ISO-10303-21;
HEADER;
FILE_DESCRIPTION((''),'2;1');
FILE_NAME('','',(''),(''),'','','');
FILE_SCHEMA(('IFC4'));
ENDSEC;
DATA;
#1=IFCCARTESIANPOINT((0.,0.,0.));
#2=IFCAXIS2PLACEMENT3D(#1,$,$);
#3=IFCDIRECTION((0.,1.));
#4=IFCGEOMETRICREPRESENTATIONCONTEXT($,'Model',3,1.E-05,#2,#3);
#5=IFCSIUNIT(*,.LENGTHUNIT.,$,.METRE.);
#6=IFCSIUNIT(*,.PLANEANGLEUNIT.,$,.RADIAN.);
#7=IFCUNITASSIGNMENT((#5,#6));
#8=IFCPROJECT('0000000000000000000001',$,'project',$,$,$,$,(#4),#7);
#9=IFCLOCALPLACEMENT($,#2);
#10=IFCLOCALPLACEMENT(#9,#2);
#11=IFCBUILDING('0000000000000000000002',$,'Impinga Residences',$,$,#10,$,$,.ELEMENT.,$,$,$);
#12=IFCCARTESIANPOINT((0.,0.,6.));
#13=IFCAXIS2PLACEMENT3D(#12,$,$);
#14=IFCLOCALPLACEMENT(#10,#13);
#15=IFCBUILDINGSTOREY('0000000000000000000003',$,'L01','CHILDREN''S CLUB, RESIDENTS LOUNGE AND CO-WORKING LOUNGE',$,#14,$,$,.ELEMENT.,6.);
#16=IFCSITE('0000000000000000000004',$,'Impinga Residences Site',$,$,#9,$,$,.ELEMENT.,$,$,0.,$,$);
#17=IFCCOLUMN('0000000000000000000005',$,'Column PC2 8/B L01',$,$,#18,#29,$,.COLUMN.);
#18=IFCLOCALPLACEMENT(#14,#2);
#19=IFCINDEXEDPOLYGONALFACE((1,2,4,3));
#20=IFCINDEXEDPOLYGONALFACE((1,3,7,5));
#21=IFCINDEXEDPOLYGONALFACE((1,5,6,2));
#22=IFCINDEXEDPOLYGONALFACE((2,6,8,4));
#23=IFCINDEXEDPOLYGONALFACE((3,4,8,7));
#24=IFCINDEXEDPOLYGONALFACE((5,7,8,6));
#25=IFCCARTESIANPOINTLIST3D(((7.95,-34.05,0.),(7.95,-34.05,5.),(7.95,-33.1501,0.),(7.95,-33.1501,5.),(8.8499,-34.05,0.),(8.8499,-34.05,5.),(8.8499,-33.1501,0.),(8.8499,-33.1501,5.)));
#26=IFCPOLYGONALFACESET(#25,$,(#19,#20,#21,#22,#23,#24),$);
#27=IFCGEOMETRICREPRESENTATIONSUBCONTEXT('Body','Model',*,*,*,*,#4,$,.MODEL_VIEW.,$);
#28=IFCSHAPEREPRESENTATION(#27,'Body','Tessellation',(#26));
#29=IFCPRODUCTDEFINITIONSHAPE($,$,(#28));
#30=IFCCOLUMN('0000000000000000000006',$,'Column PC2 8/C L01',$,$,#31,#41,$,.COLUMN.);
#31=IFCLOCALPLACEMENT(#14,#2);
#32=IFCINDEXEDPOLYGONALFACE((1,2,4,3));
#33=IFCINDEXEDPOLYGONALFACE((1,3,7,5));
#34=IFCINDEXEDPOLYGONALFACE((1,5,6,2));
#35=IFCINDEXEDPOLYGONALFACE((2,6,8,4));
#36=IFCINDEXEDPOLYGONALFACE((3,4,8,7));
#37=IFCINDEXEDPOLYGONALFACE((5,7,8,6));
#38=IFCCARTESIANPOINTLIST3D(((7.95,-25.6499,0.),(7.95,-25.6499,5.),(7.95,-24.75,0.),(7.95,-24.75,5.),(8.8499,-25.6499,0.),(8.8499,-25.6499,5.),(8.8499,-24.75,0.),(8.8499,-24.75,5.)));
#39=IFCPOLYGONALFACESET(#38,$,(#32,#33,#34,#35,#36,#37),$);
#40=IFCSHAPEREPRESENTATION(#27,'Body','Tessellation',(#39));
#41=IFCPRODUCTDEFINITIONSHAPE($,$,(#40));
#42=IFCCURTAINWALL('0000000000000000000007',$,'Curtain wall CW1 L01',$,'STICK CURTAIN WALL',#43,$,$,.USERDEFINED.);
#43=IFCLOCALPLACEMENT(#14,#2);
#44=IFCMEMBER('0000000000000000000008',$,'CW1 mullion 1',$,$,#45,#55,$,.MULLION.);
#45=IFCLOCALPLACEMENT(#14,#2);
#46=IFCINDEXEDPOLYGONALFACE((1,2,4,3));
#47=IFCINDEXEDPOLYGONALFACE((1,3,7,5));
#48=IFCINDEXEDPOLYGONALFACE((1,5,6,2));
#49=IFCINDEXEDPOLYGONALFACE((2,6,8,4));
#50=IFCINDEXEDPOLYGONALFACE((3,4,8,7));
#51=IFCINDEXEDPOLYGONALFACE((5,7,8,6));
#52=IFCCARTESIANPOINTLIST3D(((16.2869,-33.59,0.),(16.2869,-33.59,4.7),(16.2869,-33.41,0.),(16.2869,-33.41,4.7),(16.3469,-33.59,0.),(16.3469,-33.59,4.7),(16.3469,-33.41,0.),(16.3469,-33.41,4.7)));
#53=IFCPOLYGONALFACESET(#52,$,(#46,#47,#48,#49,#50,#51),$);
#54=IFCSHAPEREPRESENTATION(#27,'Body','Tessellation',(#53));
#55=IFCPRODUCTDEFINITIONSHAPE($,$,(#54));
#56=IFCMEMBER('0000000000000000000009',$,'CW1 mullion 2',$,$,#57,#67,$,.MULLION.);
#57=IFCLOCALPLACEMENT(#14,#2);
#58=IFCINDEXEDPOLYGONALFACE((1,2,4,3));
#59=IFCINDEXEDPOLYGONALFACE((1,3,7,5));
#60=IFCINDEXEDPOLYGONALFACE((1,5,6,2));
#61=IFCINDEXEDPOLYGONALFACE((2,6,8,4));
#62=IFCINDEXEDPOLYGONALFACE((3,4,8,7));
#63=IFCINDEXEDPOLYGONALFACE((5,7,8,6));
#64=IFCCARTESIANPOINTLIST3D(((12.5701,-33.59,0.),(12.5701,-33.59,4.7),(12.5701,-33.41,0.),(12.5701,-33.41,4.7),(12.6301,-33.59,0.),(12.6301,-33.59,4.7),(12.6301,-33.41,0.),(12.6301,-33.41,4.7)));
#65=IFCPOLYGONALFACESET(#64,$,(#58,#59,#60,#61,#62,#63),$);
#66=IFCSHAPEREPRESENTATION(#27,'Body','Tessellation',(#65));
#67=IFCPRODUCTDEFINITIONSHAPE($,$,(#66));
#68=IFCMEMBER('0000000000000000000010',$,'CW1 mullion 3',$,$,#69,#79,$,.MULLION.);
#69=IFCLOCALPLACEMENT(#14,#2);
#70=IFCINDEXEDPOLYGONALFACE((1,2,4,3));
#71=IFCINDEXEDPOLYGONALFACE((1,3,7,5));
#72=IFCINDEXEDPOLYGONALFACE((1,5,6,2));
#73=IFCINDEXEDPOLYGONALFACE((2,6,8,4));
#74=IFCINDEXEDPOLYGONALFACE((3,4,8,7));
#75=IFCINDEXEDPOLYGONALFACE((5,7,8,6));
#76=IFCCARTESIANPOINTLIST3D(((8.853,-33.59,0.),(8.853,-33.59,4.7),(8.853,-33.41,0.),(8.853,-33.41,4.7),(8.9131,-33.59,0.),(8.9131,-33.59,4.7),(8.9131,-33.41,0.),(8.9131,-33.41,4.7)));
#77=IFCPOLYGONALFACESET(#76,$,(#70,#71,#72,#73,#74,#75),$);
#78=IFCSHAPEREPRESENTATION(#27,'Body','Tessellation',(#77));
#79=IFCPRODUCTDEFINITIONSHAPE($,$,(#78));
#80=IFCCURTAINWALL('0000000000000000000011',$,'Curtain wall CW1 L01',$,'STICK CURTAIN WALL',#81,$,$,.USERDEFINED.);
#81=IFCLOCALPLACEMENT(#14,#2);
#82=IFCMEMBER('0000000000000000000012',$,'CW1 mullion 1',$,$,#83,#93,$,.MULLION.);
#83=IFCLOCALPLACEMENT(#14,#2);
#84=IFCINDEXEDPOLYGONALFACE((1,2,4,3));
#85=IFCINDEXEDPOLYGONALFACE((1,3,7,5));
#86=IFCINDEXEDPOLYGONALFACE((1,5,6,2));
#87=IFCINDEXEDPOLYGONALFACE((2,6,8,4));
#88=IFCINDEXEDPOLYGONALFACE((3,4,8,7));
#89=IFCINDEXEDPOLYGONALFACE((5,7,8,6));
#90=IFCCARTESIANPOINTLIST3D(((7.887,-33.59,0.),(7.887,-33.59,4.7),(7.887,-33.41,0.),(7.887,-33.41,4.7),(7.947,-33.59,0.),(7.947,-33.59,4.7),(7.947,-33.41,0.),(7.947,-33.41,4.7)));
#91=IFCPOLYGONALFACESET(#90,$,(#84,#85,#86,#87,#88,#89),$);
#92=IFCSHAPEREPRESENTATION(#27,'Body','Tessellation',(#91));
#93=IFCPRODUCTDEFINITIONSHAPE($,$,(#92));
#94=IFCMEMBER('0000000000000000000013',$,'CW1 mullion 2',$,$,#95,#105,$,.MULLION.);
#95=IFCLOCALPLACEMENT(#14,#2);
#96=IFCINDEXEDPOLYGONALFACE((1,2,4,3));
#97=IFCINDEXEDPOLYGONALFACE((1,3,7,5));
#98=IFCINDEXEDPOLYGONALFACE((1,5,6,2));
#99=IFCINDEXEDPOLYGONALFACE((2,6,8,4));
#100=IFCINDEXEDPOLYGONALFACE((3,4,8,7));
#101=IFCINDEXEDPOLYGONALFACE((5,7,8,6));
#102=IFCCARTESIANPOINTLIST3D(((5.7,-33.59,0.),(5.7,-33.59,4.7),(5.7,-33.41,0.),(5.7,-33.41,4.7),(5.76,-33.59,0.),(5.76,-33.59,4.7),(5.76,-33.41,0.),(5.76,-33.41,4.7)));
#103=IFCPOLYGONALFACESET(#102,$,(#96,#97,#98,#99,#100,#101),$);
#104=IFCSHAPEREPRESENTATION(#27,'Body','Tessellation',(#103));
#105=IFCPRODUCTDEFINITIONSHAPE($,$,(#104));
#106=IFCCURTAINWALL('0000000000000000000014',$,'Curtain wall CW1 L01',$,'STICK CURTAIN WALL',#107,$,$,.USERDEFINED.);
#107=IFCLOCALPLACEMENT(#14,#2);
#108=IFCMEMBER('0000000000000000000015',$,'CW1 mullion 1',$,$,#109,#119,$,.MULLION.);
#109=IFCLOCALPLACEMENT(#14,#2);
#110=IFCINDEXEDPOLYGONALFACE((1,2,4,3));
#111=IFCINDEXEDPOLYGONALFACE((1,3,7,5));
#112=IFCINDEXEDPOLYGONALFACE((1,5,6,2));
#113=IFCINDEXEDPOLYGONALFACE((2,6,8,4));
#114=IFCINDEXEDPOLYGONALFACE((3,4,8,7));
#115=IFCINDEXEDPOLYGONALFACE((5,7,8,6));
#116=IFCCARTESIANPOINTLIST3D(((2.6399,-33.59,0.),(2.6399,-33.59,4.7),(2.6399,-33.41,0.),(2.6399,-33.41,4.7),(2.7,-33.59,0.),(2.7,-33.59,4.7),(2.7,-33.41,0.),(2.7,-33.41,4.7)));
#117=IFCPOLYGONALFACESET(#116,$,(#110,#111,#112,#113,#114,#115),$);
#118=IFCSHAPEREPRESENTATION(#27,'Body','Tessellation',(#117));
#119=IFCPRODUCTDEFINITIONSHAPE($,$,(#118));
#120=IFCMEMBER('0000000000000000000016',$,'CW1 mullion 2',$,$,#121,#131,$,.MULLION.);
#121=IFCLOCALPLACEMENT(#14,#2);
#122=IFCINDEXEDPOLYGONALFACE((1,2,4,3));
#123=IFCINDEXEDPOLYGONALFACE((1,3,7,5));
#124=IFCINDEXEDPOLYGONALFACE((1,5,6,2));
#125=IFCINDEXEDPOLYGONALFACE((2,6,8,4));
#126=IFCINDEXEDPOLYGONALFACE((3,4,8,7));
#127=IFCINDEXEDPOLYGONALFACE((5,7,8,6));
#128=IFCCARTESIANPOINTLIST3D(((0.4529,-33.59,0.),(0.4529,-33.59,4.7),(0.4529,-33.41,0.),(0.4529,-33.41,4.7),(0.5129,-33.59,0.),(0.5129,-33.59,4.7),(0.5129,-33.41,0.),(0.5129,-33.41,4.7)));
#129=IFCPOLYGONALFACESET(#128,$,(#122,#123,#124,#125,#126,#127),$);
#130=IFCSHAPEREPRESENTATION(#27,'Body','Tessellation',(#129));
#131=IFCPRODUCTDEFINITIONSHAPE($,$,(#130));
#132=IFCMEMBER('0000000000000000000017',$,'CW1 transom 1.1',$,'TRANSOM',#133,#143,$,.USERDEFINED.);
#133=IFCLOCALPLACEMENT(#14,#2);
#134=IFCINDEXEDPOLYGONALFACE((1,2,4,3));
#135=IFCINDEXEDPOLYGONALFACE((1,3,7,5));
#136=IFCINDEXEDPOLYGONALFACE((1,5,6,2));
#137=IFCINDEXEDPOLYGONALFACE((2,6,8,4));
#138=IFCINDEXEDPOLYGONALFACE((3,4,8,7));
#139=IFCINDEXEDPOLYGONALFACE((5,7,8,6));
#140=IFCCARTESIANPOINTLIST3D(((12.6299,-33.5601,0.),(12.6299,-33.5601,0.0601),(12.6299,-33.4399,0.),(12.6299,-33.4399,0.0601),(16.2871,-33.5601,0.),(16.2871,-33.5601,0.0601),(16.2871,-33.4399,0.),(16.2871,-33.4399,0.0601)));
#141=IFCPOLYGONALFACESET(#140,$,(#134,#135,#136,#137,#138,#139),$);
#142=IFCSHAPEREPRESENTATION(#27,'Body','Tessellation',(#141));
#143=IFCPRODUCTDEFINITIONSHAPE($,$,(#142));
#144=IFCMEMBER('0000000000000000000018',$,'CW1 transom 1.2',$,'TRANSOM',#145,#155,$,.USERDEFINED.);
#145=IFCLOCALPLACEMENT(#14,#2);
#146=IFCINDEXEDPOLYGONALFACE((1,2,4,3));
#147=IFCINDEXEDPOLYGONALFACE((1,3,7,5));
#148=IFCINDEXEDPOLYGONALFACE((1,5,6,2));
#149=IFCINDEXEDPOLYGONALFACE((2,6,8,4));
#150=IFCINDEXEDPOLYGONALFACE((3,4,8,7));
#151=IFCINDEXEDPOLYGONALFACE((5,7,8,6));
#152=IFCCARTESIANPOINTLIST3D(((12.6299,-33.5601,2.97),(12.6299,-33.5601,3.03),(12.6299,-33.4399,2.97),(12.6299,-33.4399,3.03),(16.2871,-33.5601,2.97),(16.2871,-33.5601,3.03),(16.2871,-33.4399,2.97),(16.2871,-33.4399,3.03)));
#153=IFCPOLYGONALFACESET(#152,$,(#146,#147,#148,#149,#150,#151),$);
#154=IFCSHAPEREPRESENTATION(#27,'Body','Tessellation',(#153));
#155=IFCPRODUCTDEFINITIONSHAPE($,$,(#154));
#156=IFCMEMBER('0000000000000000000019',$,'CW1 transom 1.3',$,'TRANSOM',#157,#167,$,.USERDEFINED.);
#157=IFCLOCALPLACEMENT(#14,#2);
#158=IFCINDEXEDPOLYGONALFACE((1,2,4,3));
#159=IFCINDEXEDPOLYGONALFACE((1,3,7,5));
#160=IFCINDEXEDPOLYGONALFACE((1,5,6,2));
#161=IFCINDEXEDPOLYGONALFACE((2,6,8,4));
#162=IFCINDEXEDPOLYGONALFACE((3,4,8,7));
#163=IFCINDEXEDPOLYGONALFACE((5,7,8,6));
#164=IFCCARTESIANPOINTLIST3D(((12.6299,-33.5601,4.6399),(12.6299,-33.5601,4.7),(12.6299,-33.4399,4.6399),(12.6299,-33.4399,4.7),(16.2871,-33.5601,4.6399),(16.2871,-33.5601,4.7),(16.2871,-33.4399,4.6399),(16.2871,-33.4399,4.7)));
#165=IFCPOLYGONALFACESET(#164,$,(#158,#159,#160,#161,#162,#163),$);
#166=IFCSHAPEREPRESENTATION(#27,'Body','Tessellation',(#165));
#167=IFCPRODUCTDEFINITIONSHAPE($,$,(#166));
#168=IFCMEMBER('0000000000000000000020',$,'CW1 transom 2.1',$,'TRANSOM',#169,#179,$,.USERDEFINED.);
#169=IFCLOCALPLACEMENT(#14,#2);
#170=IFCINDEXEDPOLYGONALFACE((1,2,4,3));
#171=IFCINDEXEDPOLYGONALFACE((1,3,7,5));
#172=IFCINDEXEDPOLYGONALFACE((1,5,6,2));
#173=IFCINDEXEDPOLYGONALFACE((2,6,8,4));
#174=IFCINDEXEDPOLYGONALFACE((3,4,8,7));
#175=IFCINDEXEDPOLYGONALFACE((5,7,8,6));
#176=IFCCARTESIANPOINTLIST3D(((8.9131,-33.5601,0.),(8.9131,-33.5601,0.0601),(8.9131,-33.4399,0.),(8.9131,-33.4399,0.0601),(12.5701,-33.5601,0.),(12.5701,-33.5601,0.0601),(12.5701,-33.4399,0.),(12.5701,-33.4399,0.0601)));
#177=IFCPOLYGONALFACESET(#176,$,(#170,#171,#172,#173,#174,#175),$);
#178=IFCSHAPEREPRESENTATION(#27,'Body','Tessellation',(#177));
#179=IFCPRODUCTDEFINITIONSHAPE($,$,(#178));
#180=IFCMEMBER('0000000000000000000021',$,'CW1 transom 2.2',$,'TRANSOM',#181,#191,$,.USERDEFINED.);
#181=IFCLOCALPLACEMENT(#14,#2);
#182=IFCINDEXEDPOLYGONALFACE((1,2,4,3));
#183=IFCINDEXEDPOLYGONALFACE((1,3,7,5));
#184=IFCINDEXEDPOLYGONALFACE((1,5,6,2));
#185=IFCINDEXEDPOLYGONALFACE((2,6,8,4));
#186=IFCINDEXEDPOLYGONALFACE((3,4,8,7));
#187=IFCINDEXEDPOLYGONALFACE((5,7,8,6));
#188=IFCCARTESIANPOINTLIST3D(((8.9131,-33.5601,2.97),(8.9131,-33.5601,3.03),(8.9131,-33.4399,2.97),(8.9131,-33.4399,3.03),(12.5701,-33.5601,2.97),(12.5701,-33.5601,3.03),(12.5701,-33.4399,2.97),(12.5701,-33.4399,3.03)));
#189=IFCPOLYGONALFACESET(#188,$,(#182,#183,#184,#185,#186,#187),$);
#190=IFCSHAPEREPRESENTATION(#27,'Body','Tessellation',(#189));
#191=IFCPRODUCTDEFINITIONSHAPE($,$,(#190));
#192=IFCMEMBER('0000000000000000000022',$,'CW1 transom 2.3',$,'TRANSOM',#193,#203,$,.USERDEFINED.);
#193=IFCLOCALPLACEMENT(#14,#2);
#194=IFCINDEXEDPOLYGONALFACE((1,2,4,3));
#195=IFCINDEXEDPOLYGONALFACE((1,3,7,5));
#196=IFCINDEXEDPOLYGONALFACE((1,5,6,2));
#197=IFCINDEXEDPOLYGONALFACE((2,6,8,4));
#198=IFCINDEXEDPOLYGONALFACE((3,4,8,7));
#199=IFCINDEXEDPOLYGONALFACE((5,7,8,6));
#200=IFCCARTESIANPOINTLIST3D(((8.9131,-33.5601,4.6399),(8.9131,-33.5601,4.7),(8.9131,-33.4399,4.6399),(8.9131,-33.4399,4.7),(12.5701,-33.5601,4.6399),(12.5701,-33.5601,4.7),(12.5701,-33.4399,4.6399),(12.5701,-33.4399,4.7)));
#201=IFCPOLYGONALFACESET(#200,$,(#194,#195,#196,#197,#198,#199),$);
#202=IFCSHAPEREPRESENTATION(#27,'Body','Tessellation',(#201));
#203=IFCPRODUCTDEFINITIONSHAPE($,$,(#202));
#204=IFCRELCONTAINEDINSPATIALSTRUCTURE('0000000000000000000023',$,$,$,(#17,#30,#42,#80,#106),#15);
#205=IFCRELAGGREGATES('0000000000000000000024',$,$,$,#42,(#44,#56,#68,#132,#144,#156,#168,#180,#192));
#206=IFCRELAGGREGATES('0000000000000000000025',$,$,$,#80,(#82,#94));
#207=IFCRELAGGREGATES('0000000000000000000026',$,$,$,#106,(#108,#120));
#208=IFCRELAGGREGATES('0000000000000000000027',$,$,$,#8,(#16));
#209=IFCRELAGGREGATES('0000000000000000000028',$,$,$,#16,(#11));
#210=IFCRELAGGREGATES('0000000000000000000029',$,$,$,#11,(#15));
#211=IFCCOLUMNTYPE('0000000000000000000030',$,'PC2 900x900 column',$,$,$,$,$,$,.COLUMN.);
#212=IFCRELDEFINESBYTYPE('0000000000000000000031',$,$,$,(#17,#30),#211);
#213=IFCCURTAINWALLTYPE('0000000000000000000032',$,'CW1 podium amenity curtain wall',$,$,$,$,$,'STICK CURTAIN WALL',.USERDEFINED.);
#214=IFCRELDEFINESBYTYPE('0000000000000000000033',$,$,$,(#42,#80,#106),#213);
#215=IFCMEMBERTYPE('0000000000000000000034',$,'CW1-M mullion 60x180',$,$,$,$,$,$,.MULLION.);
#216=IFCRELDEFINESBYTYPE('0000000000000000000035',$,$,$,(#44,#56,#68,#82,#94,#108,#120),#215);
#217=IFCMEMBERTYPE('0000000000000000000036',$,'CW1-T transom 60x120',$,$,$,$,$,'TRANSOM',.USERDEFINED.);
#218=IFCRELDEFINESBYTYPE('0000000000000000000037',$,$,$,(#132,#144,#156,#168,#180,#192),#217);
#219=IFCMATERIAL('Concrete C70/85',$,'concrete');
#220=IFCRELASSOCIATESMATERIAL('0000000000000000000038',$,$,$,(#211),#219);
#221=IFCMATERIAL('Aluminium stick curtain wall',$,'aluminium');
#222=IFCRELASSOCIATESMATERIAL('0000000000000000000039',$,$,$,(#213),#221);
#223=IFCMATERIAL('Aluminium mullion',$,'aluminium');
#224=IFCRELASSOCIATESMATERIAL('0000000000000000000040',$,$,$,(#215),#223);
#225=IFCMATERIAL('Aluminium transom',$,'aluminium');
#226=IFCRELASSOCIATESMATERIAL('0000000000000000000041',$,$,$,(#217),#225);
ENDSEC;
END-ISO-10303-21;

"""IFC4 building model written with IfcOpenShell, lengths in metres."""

from ifc_helpers import new_model, si_unit, direction, frame, origin, origin_2d, place, context, subcontext, project, spatial, rectangle, extrude, material, material_profile, profile_set, type_object, element, aggregate, save


model = new_model("IFC4")

# Units and contexts
model_context = context("Model", 3, precision=1e-05, world=origin(), true_north=direction((0.0, 1.0)))
body_context = subcontext(model_context, "Body", "Model", "MODEL_VIEW")
ifc_project = project(units=[si_unit("LENGTHUNIT", "METRE"), si_unit("PLANEANGLEUNIT", "RADIAN")], contexts=[model_context])

# Site, building, storey
site_placement = place(None, origin())
site = spatial("IfcSite", under=ifc_project, at=site_placement, Name="Impinga Residences Site", CompositionType="ELEMENT", RefElevation=0.0)
building_placement = place(site_placement, origin())
building = spatial("IfcBuilding", under=site, at=building_placement, Name="Impinga Residences", CompositionType="ELEMENT")
storey_placement = place(building_placement, frame((0.0, 0.0, 6.0)))
storey = spatial("IfcBuildingStorey", under=building, at=storey_placement, Name="L01", Description="CHILDREN'S CLUB, RESIDENTS LOUNGE AND CO-WORKING LOUNGE", CompositionType="ELEMENT", Elevation=6.0)

# Columns
ifc_material_1 = material(Name="Concrete C70/85", Category="concrete")
ifc_material_profile_1 = material_profile(ifc_material_1, rectangle(XDim=0.8999, YDim=0.8999, at=origin_2d()), Name="RC 900x900")
ifc_profile_set_1 = profile_set([ifc_material_profile_1], Name="Concrete C70/85")
column_type = type_object("IfcColumnType", Name="PC2 900x900 column", PredefinedType="COLUMN", material=ifc_profile_set_1)
for number, where, z_axis, x_axis, name in (
    (1, (8.3999, -33.6001, 0.0), (0.0, 0.0, 1.0), (1.0, 0.0, 0.0), "Column PC2 8/B L01"),
    (2, (8.3999, -25.2, 0.0), (0.0, 0.0, 1.0), (1.0, 0.0, 0.0), "Column PC2 8/C L01"),
):
    element("IfcColumn", number, at=place(storey_placement, frame(where, z_axis=z_axis, x_axis=x_axis)), inside=storey, type_object=column_type, Name=name, PredefinedType="COLUMN", context=body_context, shape_type="SweptSolid", body=[
        extrude(rectangle(XDim=0.8999, YDim=0.8999, at=origin_2d()), origin(), (0.0, 0.0, 1.0), 5.0),
    ])

# Curtain walls, members
ifc_material_2 = material(Name="Aluminium stick curtain wall", Category="aluminium")
curtain_wall_type = type_object("IfcCurtainWallType", Name="CW1 podium amenity curtain wall", ElementType="STICK CURTAIN WALL", PredefinedType="USERDEFINED", material=ifc_material_2)
curtain_wall_1_placement = place(storey_placement, origin())
curtain_wall_1 = element("IfcCurtainWall", 3, at=curtain_wall_1_placement, inside=storey, type_object=curtain_wall_type, Name="Curtain wall CW1 L01", ObjectType="STICK CURTAIN WALL", PredefinedType="USERDEFINED")
ifc_material_3 = material(Name="Aluminium mullion", Category="aluminium")
ifc_material_profile_2 = material_profile(ifc_material_3, rectangle(XDim=0.0601, YDim=0.1799, at=origin_2d()), Name="60x180 mullion")
ifc_profile_set_2 = profile_set([ifc_material_profile_2], Name="Aluminium mullion")
member_type_1 = type_object("IfcMemberType", Name="CW1-M mullion 60x180", PredefinedType="MULLION", material=ifc_profile_set_2)
member_1_placement = place(storey_placement, frame((16.3169, -33.5, 0.0), z_axis=(0.0, 0.0, 1.0), x_axis=(-1.0, 0.0, 0.0)))
member_1 = element("IfcMember", 4, at=member_1_placement, type_object=member_type_1, Name="CW1 mullion 1", PredefinedType="MULLION", context=body_context, shape_type="SweptSolid", body=[
    extrude(rectangle(XDim=0.0601, YDim=0.1799, at=origin_2d()), origin(), (0.0, 0.0, 1.0), 4.7),
])
member_2_placement = place(storey_placement, frame((12.6001, -33.5, 0.0), z_axis=(0.0, 0.0, 1.0), x_axis=(-1.0, 0.0, 0.0)))
member_2 = element("IfcMember", 5, at=member_2_placement, type_object=member_type_1, Name="CW1 mullion 2", PredefinedType="MULLION", context=body_context, shape_type="SweptSolid", body=[
    extrude(rectangle(XDim=0.0601, YDim=0.1799, at=origin_2d()), origin(), (0.0, 0.0, 1.0), 4.7),
])
member_3_placement = place(storey_placement, frame((8.8831, -33.5, 0.0), z_axis=(0.0, 0.0, 1.0), x_axis=(-1.0, 0.0, 0.0)))
member_3 = element("IfcMember", 6, at=member_3_placement, type_object=member_type_1, Name="CW1 mullion 3", PredefinedType="MULLION", context=body_context, shape_type="SweptSolid", body=[
    extrude(rectangle(XDim=0.0601, YDim=0.1799, at=origin_2d()), origin(), (0.0, 0.0, 1.0), 4.7),
])
curtain_wall_2_placement = place(storey_placement, origin())
curtain_wall_2 = element("IfcCurtainWall", 7, at=curtain_wall_2_placement, inside=storey, type_object=curtain_wall_type, Name="Curtain wall CW1 L01", ObjectType="STICK CURTAIN WALL", PredefinedType="USERDEFINED")
member_4_placement = place(storey_placement, frame((7.917, -33.5, 0.0), z_axis=(0.0, 0.0, 1.0), x_axis=(-1.0, 0.0, 0.0)))
member_4 = element("IfcMember", 8, at=member_4_placement, type_object=member_type_1, Name="CW1 mullion 1", PredefinedType="MULLION", context=body_context, shape_type="SweptSolid", body=[
    extrude(rectangle(XDim=0.0601, YDim=0.1799, at=origin_2d()), origin(), (0.0, 0.0, 1.0), 4.7),
])
member_5_placement = place(storey_placement, frame((5.73, -33.5, 0.0), z_axis=(0.0, 0.0, 1.0), x_axis=(-1.0, 0.0, 0.0)))
member_5 = element("IfcMember", 9, at=member_5_placement, type_object=member_type_1, Name="CW1 mullion 2", PredefinedType="MULLION", context=body_context, shape_type="SweptSolid", body=[
    extrude(rectangle(XDim=0.0601, YDim=0.1799, at=origin_2d()), origin(), (0.0, 0.0, 1.0), 4.7),
])
curtain_wall_3_placement = place(storey_placement, origin())
curtain_wall_3 = element("IfcCurtainWall", 10, at=curtain_wall_3_placement, inside=storey, type_object=curtain_wall_type, Name="Curtain wall CW1 L01", ObjectType="STICK CURTAIN WALL", PredefinedType="USERDEFINED")
member_6_placement = place(storey_placement, frame((2.6699, -33.5, 0.0), z_axis=(0.0, 0.0, 1.0), x_axis=(-1.0, 0.0, 0.0)))
member_6 = element("IfcMember", 11, at=member_6_placement, type_object=member_type_1, Name="CW1 mullion 1", PredefinedType="MULLION", context=body_context, shape_type="SweptSolid", body=[
    extrude(rectangle(XDim=0.0601, YDim=0.1799, at=origin_2d()), origin(), (0.0, 0.0, 1.0), 4.7),
])
member_7_placement = place(storey_placement, frame((0.4829, -33.5, 0.0), z_axis=(0.0, 0.0, 1.0), x_axis=(-1.0, 0.0, 0.0)))
member_7 = element("IfcMember", 12, at=member_7_placement, type_object=member_type_1, Name="CW1 mullion 2", PredefinedType="MULLION", context=body_context, shape_type="SweptSolid", body=[
    extrude(rectangle(XDim=0.0601, YDim=0.1799, at=origin_2d()), origin(), (0.0, 0.0, 1.0), 4.7),
])

# Members
ifc_material_4 = material(Name="Aluminium transom", Category="aluminium")
ifc_material_profile_3 = material_profile(ifc_material_4, rectangle(XDim=0.0601, YDim=0.1201, at=origin_2d()), Name="60x120 transom")
ifc_profile_set_3 = profile_set([ifc_material_profile_3], Name="Aluminium transom")
member_type_2 = type_object("IfcMemberType", Name="CW1-T transom 60x120", ElementType="TRANSOM", PredefinedType="USERDEFINED", material=ifc_profile_set_3)
member_8_placement = place(storey_placement, frame((16.2871, -33.5, 0.03), z_axis=(-1.0, 0.0, 0.0), x_axis=(0.0, 0.0, 1.0)))
member_8 = element("IfcMember", 13, at=member_8_placement, type_object=member_type_2, Name="CW1 transom 1.1", ObjectType="TRANSOM", PredefinedType="USERDEFINED", context=body_context, shape_type="SweptSolid", body=[
    extrude(rectangle(XDim=0.0601, YDim=0.1201, at=origin_2d()), origin(), (0.0, 0.0, 1.0), 3.6572),
])
member_9_placement = place(storey_placement, frame((16.2871, -33.5, 3.0), z_axis=(-1.0, 0.0, 0.0), x_axis=(0.0, 0.0, 1.0)))
member_9 = element("IfcMember", 14, at=member_9_placement, type_object=member_type_2, Name="CW1 transom 1.2", ObjectType="TRANSOM", PredefinedType="USERDEFINED", context=body_context, shape_type="SweptSolid", body=[
    extrude(rectangle(XDim=0.0601, YDim=0.1201, at=origin_2d()), origin(), (0.0, 0.0, 1.0), 3.6572),
])
member_10_placement = place(storey_placement, frame((16.2871, -33.5, 4.6699), z_axis=(-1.0, 0.0, 0.0), x_axis=(0.0, 0.0, 1.0)))
member_10 = element("IfcMember", 15, at=member_10_placement, type_object=member_type_2, Name="CW1 transom 1.3", ObjectType="TRANSOM", PredefinedType="USERDEFINED", context=body_context, shape_type="SweptSolid", body=[
    extrude(rectangle(XDim=0.0601, YDim=0.1201, at=origin_2d()), origin(), (0.0, 0.0, 1.0), 3.6572),
])
member_11_placement = place(storey_placement, frame((12.5701, -33.5, 0.03), z_axis=(-1.0, 0.0, 0.0), x_axis=(0.0, 0.0, 1.0)))
member_11 = element("IfcMember", 16, at=member_11_placement, type_object=member_type_2, Name="CW1 transom 2.1", ObjectType="TRANSOM", PredefinedType="USERDEFINED", context=body_context, shape_type="SweptSolid", body=[
    extrude(rectangle(XDim=0.0601, YDim=0.1201, at=origin_2d()), origin(), (0.0, 0.0, 1.0), 3.657),
])
member_12_placement = place(storey_placement, frame((12.5701, -33.5, 3.0), z_axis=(-1.0, 0.0, 0.0), x_axis=(0.0, 0.0, 1.0)))
member_12 = element("IfcMember", 17, at=member_12_placement, type_object=member_type_2, Name="CW1 transom 2.2", ObjectType="TRANSOM", PredefinedType="USERDEFINED", context=body_context, shape_type="SweptSolid", body=[
    extrude(rectangle(XDim=0.0601, YDim=0.1201, at=origin_2d()), origin(), (0.0, 0.0, 1.0), 3.657),
])
member_13_placement = place(storey_placement, frame((12.5701, -33.5, 4.6699), z_axis=(-1.0, 0.0, 0.0), x_axis=(0.0, 0.0, 1.0)))
member_13 = element("IfcMember", 18, at=member_13_placement, type_object=member_type_2, Name="CW1 transom 2.3", ObjectType="TRANSOM", PredefinedType="USERDEFINED", context=body_context, shape_type="SweptSolid", body=[
    extrude(rectangle(XDim=0.0601, YDim=0.1201, at=origin_2d()), origin(), (0.0, 0.0, 1.0), 3.657),
])

aggregate(curtain_wall_1, [member_1, member_2, member_3, member_8, member_9, member_10, member_11, member_12, member_13])
aggregate(curtain_wall_2, [member_4, member_5])
aggregate(curtain_wall_3, [member_6, member_7])

save(model, "model.ifc")
